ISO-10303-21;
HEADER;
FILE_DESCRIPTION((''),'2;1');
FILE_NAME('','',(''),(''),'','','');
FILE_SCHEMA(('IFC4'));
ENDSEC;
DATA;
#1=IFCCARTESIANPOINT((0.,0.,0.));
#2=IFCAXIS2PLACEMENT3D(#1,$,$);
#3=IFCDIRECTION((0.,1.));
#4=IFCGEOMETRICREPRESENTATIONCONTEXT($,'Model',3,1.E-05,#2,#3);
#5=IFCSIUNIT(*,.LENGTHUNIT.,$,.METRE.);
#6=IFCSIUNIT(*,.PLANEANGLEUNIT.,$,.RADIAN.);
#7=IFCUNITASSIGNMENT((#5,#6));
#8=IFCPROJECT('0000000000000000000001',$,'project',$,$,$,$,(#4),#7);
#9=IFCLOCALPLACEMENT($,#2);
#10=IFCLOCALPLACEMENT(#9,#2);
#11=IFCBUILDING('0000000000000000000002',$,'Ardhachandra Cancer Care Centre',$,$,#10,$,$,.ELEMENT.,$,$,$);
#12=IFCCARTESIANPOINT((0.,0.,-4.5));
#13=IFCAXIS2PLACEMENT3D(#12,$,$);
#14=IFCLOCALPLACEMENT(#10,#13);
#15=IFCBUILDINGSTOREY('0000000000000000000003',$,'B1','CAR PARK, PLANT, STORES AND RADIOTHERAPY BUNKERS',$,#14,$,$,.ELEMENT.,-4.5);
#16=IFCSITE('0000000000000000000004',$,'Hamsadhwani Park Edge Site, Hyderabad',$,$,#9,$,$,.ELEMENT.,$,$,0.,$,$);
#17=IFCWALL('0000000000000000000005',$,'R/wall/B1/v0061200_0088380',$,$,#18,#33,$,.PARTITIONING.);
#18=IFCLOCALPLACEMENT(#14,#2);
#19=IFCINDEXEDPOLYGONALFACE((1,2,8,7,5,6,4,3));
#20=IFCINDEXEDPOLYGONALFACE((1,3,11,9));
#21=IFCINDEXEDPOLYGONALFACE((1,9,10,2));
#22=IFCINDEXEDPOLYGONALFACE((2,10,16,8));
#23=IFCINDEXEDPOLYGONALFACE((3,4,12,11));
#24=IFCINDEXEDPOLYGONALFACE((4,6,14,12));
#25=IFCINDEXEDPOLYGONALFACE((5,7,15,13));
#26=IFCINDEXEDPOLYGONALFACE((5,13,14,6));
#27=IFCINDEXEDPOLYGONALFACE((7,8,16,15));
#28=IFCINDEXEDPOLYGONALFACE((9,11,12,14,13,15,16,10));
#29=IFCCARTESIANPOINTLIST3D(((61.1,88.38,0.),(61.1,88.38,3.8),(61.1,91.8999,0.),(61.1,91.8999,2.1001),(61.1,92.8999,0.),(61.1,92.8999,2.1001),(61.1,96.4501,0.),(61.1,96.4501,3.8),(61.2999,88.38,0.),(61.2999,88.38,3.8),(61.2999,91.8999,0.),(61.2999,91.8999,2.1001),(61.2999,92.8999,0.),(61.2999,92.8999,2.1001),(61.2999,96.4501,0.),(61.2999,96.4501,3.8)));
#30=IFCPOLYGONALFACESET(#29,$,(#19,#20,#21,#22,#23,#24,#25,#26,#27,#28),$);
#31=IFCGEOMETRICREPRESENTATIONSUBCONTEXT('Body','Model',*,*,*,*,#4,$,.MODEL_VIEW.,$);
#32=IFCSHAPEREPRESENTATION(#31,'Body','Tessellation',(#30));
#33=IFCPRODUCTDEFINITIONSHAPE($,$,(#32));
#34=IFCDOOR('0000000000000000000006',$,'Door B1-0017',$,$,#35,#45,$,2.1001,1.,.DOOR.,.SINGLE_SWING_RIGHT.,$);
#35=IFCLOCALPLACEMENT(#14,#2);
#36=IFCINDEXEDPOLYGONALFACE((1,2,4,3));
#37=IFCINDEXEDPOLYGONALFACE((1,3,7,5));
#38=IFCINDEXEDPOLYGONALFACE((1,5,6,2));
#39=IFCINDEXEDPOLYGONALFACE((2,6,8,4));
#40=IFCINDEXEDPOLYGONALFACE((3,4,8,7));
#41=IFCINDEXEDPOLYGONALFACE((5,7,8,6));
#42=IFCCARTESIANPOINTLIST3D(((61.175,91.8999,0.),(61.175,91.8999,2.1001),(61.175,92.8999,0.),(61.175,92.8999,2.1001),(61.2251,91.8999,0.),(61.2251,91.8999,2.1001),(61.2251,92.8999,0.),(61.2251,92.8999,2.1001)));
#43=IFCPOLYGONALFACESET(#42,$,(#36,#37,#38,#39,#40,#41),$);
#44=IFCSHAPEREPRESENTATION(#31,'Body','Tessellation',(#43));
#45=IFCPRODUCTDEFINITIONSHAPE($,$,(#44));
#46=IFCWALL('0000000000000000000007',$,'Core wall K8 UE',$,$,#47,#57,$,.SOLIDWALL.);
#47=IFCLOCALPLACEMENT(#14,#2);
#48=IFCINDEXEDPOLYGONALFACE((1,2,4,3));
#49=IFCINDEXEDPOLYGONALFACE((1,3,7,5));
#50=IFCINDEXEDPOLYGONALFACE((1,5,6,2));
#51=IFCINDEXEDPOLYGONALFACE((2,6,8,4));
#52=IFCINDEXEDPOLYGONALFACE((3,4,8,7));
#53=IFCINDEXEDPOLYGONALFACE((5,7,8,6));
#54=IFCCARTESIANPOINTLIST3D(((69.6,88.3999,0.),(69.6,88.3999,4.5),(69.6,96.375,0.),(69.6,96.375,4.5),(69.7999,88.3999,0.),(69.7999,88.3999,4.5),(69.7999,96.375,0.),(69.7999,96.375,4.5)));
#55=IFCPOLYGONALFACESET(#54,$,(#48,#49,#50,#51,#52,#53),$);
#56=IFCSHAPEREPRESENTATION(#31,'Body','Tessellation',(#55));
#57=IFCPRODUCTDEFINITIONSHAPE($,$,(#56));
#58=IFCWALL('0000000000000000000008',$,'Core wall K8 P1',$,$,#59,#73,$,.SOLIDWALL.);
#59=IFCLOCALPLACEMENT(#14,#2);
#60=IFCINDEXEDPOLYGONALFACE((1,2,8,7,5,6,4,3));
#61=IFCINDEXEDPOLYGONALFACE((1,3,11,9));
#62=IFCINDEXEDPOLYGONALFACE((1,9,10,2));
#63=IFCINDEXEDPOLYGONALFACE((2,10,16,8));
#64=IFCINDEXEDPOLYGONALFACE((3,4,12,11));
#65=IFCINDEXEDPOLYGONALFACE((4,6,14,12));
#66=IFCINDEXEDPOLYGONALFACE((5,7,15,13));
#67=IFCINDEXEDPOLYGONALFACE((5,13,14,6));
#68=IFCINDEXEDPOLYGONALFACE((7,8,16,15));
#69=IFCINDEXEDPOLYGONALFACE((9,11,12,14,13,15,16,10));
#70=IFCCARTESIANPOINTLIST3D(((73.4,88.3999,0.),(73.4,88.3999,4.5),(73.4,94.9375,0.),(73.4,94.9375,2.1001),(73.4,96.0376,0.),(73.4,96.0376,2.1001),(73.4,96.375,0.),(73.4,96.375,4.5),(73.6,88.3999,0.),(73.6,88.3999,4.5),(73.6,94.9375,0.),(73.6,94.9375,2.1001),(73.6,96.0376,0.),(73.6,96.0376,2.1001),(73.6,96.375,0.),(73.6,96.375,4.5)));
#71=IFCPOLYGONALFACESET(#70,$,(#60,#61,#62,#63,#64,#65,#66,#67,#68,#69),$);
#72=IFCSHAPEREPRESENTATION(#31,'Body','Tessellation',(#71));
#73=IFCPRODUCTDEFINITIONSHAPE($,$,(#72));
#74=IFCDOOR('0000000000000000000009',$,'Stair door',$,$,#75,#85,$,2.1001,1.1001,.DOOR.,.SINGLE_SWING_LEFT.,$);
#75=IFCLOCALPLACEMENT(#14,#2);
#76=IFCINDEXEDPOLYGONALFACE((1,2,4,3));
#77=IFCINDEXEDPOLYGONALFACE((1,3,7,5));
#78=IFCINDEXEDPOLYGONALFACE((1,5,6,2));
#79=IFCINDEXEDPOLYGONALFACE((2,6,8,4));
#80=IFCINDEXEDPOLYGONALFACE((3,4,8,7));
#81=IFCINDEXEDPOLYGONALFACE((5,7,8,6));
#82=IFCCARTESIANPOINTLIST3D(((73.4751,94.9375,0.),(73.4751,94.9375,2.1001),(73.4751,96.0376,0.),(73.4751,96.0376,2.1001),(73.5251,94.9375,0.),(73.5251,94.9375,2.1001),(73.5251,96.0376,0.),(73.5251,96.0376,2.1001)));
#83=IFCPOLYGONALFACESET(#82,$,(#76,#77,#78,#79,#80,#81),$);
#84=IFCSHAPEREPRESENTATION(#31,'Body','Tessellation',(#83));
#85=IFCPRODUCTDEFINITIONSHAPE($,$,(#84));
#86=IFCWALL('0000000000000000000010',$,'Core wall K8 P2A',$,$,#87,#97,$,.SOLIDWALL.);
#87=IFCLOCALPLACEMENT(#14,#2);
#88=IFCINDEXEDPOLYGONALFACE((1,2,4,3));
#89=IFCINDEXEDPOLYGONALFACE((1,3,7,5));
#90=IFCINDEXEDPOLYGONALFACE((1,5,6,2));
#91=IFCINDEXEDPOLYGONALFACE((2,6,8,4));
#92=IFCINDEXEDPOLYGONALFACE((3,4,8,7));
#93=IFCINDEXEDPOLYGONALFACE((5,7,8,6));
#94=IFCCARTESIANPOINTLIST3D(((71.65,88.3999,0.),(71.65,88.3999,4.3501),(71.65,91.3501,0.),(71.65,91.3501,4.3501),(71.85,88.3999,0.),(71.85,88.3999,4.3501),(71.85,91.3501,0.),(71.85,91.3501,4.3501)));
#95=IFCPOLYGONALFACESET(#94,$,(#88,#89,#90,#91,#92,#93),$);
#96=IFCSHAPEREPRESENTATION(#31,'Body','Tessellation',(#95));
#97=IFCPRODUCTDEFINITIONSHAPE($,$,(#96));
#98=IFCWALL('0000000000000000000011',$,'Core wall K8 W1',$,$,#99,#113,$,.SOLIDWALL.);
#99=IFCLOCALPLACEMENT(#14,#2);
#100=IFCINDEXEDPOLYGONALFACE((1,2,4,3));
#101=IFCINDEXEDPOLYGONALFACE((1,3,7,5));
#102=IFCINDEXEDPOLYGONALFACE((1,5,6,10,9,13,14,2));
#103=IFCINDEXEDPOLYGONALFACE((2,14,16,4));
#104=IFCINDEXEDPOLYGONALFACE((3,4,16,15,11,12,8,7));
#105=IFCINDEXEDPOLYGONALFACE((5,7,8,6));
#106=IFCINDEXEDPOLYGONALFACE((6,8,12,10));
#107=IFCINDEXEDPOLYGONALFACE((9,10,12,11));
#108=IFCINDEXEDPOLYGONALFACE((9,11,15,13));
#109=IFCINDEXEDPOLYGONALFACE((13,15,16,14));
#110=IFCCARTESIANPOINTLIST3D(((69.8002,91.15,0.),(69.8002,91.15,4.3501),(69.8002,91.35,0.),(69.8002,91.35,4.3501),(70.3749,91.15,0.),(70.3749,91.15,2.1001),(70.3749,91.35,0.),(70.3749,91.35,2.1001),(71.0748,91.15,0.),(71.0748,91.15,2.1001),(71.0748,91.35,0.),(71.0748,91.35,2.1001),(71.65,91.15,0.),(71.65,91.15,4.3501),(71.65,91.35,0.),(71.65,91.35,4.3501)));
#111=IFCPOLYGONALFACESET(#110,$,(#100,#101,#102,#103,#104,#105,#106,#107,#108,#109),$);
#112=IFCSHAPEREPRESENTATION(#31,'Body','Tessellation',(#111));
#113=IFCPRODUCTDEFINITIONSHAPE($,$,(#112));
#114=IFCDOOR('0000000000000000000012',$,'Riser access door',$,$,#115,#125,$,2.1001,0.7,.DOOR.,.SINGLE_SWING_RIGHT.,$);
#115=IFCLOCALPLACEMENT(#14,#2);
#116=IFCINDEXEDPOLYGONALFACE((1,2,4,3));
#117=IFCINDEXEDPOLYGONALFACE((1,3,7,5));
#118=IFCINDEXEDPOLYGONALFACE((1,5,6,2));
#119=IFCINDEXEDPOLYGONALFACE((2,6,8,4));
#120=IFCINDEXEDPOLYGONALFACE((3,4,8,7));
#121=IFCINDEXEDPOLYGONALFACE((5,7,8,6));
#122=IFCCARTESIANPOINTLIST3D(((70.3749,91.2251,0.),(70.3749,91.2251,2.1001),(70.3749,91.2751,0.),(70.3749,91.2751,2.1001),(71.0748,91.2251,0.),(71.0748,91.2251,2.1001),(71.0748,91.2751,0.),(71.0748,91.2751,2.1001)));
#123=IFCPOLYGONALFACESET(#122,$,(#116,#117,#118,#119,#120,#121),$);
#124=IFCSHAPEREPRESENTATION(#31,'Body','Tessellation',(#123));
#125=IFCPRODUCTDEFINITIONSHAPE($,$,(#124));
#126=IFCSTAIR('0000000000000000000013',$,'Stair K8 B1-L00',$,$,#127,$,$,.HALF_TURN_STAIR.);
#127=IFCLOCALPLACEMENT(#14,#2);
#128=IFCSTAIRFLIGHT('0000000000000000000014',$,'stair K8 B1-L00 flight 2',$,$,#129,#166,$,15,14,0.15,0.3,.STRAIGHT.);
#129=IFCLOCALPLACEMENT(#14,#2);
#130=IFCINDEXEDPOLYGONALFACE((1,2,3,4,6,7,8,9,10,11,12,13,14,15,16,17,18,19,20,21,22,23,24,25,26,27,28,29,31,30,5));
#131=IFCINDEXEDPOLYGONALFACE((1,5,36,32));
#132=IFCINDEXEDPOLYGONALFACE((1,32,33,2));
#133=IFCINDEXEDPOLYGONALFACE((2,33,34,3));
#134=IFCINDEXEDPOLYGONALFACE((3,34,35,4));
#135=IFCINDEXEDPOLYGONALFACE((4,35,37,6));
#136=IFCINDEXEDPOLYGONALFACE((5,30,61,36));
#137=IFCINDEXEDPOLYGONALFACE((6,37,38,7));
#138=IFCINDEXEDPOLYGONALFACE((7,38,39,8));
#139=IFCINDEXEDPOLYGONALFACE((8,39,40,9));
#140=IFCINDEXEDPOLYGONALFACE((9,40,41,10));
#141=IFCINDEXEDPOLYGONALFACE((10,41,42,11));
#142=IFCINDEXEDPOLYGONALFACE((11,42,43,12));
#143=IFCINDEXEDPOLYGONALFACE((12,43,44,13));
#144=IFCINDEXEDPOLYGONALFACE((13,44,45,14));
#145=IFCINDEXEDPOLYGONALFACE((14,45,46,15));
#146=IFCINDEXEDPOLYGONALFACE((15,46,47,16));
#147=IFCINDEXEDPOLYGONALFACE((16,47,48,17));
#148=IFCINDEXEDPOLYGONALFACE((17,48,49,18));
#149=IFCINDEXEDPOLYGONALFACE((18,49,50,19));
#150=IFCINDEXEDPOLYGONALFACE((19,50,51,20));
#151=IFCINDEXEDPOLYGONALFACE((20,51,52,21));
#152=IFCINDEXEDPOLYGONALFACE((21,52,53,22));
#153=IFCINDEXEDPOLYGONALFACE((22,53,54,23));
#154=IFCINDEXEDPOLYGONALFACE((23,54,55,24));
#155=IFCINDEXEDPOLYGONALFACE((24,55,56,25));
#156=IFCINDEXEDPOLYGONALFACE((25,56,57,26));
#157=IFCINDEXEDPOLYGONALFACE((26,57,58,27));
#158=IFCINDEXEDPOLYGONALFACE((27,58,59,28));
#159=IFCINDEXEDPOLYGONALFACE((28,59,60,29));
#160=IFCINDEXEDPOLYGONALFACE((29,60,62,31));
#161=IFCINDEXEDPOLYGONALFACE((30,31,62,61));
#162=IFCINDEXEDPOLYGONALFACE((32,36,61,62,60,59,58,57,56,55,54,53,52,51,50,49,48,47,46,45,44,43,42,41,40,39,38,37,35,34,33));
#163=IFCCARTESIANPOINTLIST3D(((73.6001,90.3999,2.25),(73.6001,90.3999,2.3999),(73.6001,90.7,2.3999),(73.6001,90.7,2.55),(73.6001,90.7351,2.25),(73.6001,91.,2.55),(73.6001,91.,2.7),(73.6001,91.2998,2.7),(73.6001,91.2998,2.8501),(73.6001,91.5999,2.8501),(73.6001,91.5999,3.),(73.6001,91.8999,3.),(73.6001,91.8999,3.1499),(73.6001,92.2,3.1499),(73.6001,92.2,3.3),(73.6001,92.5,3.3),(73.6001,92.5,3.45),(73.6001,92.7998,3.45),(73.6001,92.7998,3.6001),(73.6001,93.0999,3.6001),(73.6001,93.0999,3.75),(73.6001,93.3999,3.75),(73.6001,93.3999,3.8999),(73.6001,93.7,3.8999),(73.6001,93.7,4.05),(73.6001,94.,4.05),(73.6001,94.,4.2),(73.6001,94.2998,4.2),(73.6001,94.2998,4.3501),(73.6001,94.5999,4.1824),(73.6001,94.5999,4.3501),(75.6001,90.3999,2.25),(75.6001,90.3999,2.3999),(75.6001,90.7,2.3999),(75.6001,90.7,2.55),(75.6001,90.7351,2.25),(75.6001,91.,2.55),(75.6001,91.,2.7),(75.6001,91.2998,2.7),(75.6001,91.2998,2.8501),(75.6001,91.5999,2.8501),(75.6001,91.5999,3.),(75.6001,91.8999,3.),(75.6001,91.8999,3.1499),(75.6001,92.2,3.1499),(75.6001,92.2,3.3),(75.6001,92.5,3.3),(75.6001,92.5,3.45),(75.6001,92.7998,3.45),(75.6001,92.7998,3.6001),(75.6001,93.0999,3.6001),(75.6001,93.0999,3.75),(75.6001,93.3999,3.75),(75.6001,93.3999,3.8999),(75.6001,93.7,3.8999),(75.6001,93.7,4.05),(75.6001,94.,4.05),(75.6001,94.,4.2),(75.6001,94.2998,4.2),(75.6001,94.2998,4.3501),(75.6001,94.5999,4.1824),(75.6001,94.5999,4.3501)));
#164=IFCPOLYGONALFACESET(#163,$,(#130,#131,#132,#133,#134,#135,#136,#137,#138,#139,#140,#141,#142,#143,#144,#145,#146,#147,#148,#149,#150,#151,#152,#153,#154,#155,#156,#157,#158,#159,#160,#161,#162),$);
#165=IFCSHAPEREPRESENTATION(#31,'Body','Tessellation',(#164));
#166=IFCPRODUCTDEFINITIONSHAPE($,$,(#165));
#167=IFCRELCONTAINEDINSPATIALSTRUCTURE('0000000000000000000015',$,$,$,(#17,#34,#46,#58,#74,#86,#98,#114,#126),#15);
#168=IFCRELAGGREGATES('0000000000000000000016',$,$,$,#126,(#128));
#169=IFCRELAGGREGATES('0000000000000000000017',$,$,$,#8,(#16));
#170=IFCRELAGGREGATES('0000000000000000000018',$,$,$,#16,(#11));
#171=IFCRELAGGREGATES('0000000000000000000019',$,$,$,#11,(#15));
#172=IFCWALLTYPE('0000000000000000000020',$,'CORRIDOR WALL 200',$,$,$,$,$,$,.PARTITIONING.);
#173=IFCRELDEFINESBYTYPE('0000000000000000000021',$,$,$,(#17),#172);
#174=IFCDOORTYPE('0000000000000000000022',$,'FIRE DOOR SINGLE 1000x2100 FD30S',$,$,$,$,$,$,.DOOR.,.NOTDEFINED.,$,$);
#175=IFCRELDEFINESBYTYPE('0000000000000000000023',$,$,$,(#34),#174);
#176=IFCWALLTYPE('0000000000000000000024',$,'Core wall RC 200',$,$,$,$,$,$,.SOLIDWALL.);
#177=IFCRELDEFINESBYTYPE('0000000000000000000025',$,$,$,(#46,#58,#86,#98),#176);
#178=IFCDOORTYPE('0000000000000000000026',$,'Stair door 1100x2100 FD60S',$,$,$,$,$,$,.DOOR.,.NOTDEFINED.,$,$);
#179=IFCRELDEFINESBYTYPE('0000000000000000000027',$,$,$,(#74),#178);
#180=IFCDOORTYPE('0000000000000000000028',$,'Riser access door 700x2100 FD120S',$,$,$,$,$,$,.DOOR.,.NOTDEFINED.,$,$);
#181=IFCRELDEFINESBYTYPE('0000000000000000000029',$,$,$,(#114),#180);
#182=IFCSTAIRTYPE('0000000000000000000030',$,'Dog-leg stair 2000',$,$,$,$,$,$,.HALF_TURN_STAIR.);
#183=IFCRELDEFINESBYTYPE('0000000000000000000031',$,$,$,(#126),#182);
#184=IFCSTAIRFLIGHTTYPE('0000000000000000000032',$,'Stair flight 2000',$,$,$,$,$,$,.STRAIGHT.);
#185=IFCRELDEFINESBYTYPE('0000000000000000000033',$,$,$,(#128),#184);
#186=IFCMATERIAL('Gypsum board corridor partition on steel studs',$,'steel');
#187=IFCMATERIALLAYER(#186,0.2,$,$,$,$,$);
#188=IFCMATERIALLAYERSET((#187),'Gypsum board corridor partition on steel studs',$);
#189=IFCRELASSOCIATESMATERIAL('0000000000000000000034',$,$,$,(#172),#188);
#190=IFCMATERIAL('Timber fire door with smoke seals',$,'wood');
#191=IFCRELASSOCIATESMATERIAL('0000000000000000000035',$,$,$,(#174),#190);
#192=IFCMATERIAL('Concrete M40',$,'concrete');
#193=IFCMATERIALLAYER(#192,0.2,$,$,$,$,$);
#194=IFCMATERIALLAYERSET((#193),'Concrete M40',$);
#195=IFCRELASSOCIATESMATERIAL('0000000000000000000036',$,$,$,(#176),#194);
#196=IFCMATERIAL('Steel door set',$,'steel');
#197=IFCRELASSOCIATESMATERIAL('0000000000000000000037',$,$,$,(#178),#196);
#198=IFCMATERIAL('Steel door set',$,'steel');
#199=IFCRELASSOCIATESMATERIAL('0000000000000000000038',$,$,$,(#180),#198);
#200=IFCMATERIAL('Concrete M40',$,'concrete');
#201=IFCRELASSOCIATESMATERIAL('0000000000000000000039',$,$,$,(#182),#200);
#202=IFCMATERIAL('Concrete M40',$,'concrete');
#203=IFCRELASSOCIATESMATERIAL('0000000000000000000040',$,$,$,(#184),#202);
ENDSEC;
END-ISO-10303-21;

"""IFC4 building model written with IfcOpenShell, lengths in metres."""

from ifc_helpers import new_model, si_unit, direction, frame, frame_2d, origin, place, context, subcontext, project, spatial, polyline, rectangle, outline, extrude, material, layer, layer_set, type_object, element, fill, aggregate, save


model = new_model("IFC4")

# Units and contexts
model_context = context("Model", 3, precision=1e-05, world=origin(), true_north=direction((0.0, 1.0)))
body_context = subcontext(model_context, "Body", "Model", "MODEL_VIEW")
ifc_project = project(units=[si_unit("LENGTHUNIT", "METRE"), si_unit("PLANEANGLEUNIT", "RADIAN")], contexts=[model_context])

# Site, building, storey
site_placement = place(None, origin())
site = spatial("IfcSite", under=ifc_project, at=site_placement, Name="Hamsadhwani Park Edge Site, Hyderabad", CompositionType="ELEMENT", RefElevation=0.0)
building_placement = place(site_placement, origin())
building = spatial("IfcBuilding", under=site, at=building_placement, Name="Ardhachandra Cancer Care Centre", CompositionType="ELEMENT")
storey_placement = place(building_placement, frame((0.0, 0.0, -4.5)))
storey = spatial("IfcBuildingStorey", under=building, at=storey_placement, Name="B1", Description="CAR PARK, PLANT, STORES AND RADIOTHERAPY BUNKERS", CompositionType="ELEMENT", Elevation=-4.5)

# Shared definitions
ifc_material_1 = material(Name="Gypsum board corridor partition on steel studs", Category="steel")
ifc_layer_1 = layer(ifc_material_1, 0.2)
ifc_layer_set_1 = layer_set([ifc_layer_1], Name="Gypsum board corridor partition on steel studs")
wall_type_1 = type_object("IfcWallType", Name="CORRIDOR WALL 200", PredefinedType="PARTITIONING", material=ifc_layer_set_1)

# Wall, opening, door
wall_1_placement = place(storey_placement, frame((61.2, 88.3799, 0.0), z_axis=(0.0, 0.0, 1.0), x_axis=(0.0, 1.0, 0.0)))
wall_1 = element("IfcWall", 1, at=wall_1_placement, inside=storey, type_object=wall_type_1, Name="R/wall/B1/v0061200_0088380", PredefinedType="PARTITIONING", context=body_context, shape_type="SweptSolid", body=[
    extrude(rectangle(XDim=8.0701, YDim=0.2, at=frame_2d((4.0352, 0.0))), origin(), (0.0, 0.0, 1.0), 3.8),
])
opening_1_placement = place(wall_1_placement, frame((3.52, 0.0, 0.0)))
opening_1 = element("IfcOpeningElement", 2, at=opening_1_placement, cuts=wall_1, PredefinedType="OPENING", context=body_context, shape_type="SweptSolid", body=[
    extrude(rectangle(XDim=1.0, YDim=2.1001, at=frame_2d((0.5, 1.05))), frame((0.0, 0.1099, 0.0), z_axis=(0.0, -1.0, 0.0), x_axis=(1.0, 0.0, 0.0)), (0.0, 0.0, 1.0), 0.22),
])
ifc_material_2 = material(Name="Timber fire door with smoke seals", Category="wood")
door_type_1 = type_object("IfcDoorType", Name="FIRE DOOR SINGLE 1000x2100 FD30S", OperationType="NOTDEFINED", PredefinedType="DOOR", material=ifc_material_2)
door_1_placement = place(opening_1_placement, origin())
door_1 = element("IfcDoor", 3, at=door_1_placement, inside=storey, type_object=door_type_1, Name="Door B1-0017", OperationType="SINGLE_SWING_RIGHT", OverallHeight=2.1001, OverallWidth=1.0, PredefinedType="DOOR", context=body_context, shape_type="SweptSolid", body=[
    extrude(rectangle(XDim=1.0, YDim=2.1001, at=frame_2d((0.5, 1.05))), frame((0.0, 0.0249, 0.0), z_axis=(0.0, -1.0, 0.0), x_axis=(1.0, 0.0, 0.0)), (0.0, 0.0, 1.0), 0.05),
])
fill(opening_1, door_1)

# Wall
ifc_material_3 = material(Name="Concrete M40", Category="concrete")
ifc_layer_2 = layer(ifc_material_3, 0.2)
ifc_layer_set_2 = layer_set([ifc_layer_2], Name="Concrete M40")
wall_type_2 = type_object("IfcWallType", Name="Core wall RC 200", PredefinedType="SOLIDWALL", material=ifc_layer_set_2)
wall_2_placement = place(storey_placement, frame((69.7, 88.3999, 0.0), z_axis=(0.0, 0.0, 1.0), x_axis=(0.0, 1.0, 0.0)))
element("IfcWall", 4, at=wall_2_placement, inside=storey, type_object=wall_type_2, Name="Core wall K8 UE", PredefinedType="SOLIDWALL", context=body_context, shape_type="SweptSolid", body=[
    extrude(rectangle(XDim=7.9751, YDim=0.2, at=frame_2d((3.9875, 0.0))), origin(), (0.0, 0.0, 1.0), 4.5),
])

# Wall, opening, door
wall_3_placement = place(storey_placement, frame((73.5, 88.3999, 0.0), z_axis=(0.0, 0.0, 1.0), x_axis=(0.0, 1.0, 0.0)))
wall_3 = element("IfcWall", 5, at=wall_3_placement, inside=storey, type_object=wall_type_2, Name="Core wall K8 P1", PredefinedType="SOLIDWALL", context=body_context, shape_type="SweptSolid", body=[
    extrude(rectangle(XDim=7.9751, YDim=0.2, at=frame_2d((3.9875, 0.0))), origin(), (0.0, 0.0, 1.0), 4.5),
])
opening_2_placement = place(wall_3_placement, frame((6.5376, 0.0, 0.0)))
opening_2 = element("IfcOpeningElement", 6, at=opening_2_placement, cuts=wall_3, PredefinedType="OPENING", context=body_context, shape_type="SweptSolid", body=[
    extrude(rectangle(XDim=1.1001, YDim=2.1001, at=frame_2d((0.55, 1.05))), frame((0.0, 0.1099, 0.0), z_axis=(0.0, -1.0, 0.0), x_axis=(1.0, 0.0, 0.0)), (0.0, 0.0, 1.0), 0.22),
])
ifc_material_4 = material(Name="Steel door set", Category="steel")
door_type_2 = type_object("IfcDoorType", Name="Stair door 1100x2100 FD60S", OperationType="NOTDEFINED", PredefinedType="DOOR", material=ifc_material_4)
door_2_placement = place(opening_2_placement, origin())
door_2 = element("IfcDoor", 7, at=door_2_placement, inside=storey, type_object=door_type_2, Name="Stair door", OperationType="SINGLE_SWING_LEFT", OverallHeight=2.1001, OverallWidth=1.1001, PredefinedType="DOOR", context=body_context, shape_type="SweptSolid", body=[
    extrude(rectangle(XDim=1.1001, YDim=2.1001, at=frame_2d((0.55, 1.05))), frame((0.0, 0.0249, 0.0), z_axis=(0.0, -1.0, 0.0), x_axis=(1.0, 0.0, 0.0)), (0.0, 0.0, 1.0), 0.05),
])
fill(opening_2, door_2)

# Wall
wall_4_placement = place(storey_placement, frame((71.75, 88.3999, 0.0), z_axis=(0.0, 0.0, 1.0), x_axis=(0.0, 1.0, 0.0)))
element("IfcWall", 8, at=wall_4_placement, inside=storey, type_object=wall_type_2, Name="Core wall K8 P2A", PredefinedType="SOLIDWALL", context=body_context, shape_type="SweptSolid", body=[
    extrude(rectangle(XDim=2.9502, YDim=0.2, at=frame_2d((1.4751, 0.0))), origin(), (0.0, 0.0, 1.0), 4.3501),
])

# Wall, opening, door
wall_5_placement = place(storey_placement, frame((71.6499, 91.25, 0.0), z_axis=(0.0, 0.0, 1.0), x_axis=(-1.0, 0.0, 0.0)))
wall_5 = element("IfcWall", 9, at=wall_5_placement, inside=storey, type_object=wall_type_2, Name="Core wall K8 W1", PredefinedType="SOLIDWALL", context=body_context, shape_type="SweptSolid", body=[
    extrude(rectangle(XDim=1.8499, YDim=0.2, at=frame_2d((0.9248, 0.0))), origin(), (0.0, 0.0, 1.0), 4.3501),
])
opening_3_placement = place(wall_5_placement, frame((0.575, 0.0, 0.0)))
opening_3 = element("IfcOpeningElement", 10, at=opening_3_placement, cuts=wall_5, PredefinedType="OPENING", context=body_context, shape_type="SweptSolid", body=[
    extrude(rectangle(XDim=0.7, YDim=2.1001, at=frame_2d((0.3501, 1.05))), frame((0.0, 0.1099, 0.0), z_axis=(0.0, -1.0, 0.0), x_axis=(1.0, 0.0, 0.0)), (0.0, 0.0, 1.0), 0.22),
])
ifc_material_5 = material(Name="Steel door set", Category="steel")
door_type_3 = type_object("IfcDoorType", Name="Riser access door 700x2100 FD120S", OperationType="NOTDEFINED", PredefinedType="DOOR", material=ifc_material_5)
door_3_placement = place(opening_3_placement, origin())
door_3 = element("IfcDoor", 11, at=door_3_placement, inside=storey, type_object=door_type_3, Name="Riser access door", OperationType="SINGLE_SWING_RIGHT", OverallHeight=2.1001, OverallWidth=0.7, PredefinedType="DOOR", context=body_context, shape_type="SweptSolid", body=[
    extrude(rectangle(XDim=0.7, YDim=2.1001, at=frame_2d((0.3501, 1.05))), frame((0.0, 0.0249, 0.0), z_axis=(0.0, -1.0, 0.0), x_axis=(1.0, 0.0, 0.0)), (0.0, 0.0, 1.0), 0.05),
])
fill(opening_3, door_3)

# Stair, stair flight
ifc_material_6 = material(Name="Concrete M40", Category="concrete")
stair_type = type_object("IfcStairType", Name="Dog-leg stair 2000", PredefinedType="HALF_TURN_STAIR", material=ifc_material_6)
stair_placement = place(storey_placement, origin())
stair = element("IfcStair", 12, at=stair_placement, inside=storey, type_object=stair_type, Name="Stair K8 B1-L00", PredefinedType="HALF_TURN_STAIR")
ifc_material_7 = material(Name="Concrete M40", Category="concrete")
stair_flight_type = type_object("IfcStairFlightType", Name="Stair flight 2000", PredefinedType="STRAIGHT", material=ifc_material_7)
stair_flight_placement = place(storey_placement, frame((74.6001, 90.3999, 2.25), z_axis=(0.0, 0.0, 1.0), x_axis=(0.0, 1.0, 0.0)))
stair_flight = element("IfcStairFlight", 13, at=stair_flight_placement, type_object=stair_flight_type, Name="stair K8 B1-L00 flight 2", NumberOfRisers=15, NumberOfTreads=14, PredefinedType="STRAIGHT", RiserHeight=0.15, TreadLength=0.3, context=body_context, shape_type="SweptSolid", body=[
    extrude(outline(polyline([(0.0, 0.0), (0.0, 0.1499), (0.3, 0.1499), (0.3, 0.3), (0.6001, 0.3), (0.6001, 0.45), (0.8999, 0.45), (0.8999, 0.6001), (1.2, 0.6001), (1.2, 0.75), (1.5, 0.75), (1.5, 0.8999), (1.8, 0.8999), (1.8, 1.05), (2.1001, 1.05), (2.1001, 1.2), (2.3999, 1.2), (2.3999, 1.3501), (2.7, 1.3501), (2.7, 1.5), (3.0, 1.5), (3.0, 1.6499), (3.3, 1.6499), (3.3, 1.8), (3.6001, 1.8), (3.6001, 1.95), (3.8999, 1.95), (3.8999, 2.1001), (4.2, 2.1001), (4.2, 2.25), (4.2, 1.9324), (0.3352, 0.0), (0.0, 0.0)])), frame((0.0, 1.0, 0.0), z_axis=(0.0, -1.0, 0.0), x_axis=(1.0, 0.0, 0.0)), (0.0, 0.0, 1.0), 2.0),
])
aggregate(stair, [stair_flight])

save(model, "model.ifc")
